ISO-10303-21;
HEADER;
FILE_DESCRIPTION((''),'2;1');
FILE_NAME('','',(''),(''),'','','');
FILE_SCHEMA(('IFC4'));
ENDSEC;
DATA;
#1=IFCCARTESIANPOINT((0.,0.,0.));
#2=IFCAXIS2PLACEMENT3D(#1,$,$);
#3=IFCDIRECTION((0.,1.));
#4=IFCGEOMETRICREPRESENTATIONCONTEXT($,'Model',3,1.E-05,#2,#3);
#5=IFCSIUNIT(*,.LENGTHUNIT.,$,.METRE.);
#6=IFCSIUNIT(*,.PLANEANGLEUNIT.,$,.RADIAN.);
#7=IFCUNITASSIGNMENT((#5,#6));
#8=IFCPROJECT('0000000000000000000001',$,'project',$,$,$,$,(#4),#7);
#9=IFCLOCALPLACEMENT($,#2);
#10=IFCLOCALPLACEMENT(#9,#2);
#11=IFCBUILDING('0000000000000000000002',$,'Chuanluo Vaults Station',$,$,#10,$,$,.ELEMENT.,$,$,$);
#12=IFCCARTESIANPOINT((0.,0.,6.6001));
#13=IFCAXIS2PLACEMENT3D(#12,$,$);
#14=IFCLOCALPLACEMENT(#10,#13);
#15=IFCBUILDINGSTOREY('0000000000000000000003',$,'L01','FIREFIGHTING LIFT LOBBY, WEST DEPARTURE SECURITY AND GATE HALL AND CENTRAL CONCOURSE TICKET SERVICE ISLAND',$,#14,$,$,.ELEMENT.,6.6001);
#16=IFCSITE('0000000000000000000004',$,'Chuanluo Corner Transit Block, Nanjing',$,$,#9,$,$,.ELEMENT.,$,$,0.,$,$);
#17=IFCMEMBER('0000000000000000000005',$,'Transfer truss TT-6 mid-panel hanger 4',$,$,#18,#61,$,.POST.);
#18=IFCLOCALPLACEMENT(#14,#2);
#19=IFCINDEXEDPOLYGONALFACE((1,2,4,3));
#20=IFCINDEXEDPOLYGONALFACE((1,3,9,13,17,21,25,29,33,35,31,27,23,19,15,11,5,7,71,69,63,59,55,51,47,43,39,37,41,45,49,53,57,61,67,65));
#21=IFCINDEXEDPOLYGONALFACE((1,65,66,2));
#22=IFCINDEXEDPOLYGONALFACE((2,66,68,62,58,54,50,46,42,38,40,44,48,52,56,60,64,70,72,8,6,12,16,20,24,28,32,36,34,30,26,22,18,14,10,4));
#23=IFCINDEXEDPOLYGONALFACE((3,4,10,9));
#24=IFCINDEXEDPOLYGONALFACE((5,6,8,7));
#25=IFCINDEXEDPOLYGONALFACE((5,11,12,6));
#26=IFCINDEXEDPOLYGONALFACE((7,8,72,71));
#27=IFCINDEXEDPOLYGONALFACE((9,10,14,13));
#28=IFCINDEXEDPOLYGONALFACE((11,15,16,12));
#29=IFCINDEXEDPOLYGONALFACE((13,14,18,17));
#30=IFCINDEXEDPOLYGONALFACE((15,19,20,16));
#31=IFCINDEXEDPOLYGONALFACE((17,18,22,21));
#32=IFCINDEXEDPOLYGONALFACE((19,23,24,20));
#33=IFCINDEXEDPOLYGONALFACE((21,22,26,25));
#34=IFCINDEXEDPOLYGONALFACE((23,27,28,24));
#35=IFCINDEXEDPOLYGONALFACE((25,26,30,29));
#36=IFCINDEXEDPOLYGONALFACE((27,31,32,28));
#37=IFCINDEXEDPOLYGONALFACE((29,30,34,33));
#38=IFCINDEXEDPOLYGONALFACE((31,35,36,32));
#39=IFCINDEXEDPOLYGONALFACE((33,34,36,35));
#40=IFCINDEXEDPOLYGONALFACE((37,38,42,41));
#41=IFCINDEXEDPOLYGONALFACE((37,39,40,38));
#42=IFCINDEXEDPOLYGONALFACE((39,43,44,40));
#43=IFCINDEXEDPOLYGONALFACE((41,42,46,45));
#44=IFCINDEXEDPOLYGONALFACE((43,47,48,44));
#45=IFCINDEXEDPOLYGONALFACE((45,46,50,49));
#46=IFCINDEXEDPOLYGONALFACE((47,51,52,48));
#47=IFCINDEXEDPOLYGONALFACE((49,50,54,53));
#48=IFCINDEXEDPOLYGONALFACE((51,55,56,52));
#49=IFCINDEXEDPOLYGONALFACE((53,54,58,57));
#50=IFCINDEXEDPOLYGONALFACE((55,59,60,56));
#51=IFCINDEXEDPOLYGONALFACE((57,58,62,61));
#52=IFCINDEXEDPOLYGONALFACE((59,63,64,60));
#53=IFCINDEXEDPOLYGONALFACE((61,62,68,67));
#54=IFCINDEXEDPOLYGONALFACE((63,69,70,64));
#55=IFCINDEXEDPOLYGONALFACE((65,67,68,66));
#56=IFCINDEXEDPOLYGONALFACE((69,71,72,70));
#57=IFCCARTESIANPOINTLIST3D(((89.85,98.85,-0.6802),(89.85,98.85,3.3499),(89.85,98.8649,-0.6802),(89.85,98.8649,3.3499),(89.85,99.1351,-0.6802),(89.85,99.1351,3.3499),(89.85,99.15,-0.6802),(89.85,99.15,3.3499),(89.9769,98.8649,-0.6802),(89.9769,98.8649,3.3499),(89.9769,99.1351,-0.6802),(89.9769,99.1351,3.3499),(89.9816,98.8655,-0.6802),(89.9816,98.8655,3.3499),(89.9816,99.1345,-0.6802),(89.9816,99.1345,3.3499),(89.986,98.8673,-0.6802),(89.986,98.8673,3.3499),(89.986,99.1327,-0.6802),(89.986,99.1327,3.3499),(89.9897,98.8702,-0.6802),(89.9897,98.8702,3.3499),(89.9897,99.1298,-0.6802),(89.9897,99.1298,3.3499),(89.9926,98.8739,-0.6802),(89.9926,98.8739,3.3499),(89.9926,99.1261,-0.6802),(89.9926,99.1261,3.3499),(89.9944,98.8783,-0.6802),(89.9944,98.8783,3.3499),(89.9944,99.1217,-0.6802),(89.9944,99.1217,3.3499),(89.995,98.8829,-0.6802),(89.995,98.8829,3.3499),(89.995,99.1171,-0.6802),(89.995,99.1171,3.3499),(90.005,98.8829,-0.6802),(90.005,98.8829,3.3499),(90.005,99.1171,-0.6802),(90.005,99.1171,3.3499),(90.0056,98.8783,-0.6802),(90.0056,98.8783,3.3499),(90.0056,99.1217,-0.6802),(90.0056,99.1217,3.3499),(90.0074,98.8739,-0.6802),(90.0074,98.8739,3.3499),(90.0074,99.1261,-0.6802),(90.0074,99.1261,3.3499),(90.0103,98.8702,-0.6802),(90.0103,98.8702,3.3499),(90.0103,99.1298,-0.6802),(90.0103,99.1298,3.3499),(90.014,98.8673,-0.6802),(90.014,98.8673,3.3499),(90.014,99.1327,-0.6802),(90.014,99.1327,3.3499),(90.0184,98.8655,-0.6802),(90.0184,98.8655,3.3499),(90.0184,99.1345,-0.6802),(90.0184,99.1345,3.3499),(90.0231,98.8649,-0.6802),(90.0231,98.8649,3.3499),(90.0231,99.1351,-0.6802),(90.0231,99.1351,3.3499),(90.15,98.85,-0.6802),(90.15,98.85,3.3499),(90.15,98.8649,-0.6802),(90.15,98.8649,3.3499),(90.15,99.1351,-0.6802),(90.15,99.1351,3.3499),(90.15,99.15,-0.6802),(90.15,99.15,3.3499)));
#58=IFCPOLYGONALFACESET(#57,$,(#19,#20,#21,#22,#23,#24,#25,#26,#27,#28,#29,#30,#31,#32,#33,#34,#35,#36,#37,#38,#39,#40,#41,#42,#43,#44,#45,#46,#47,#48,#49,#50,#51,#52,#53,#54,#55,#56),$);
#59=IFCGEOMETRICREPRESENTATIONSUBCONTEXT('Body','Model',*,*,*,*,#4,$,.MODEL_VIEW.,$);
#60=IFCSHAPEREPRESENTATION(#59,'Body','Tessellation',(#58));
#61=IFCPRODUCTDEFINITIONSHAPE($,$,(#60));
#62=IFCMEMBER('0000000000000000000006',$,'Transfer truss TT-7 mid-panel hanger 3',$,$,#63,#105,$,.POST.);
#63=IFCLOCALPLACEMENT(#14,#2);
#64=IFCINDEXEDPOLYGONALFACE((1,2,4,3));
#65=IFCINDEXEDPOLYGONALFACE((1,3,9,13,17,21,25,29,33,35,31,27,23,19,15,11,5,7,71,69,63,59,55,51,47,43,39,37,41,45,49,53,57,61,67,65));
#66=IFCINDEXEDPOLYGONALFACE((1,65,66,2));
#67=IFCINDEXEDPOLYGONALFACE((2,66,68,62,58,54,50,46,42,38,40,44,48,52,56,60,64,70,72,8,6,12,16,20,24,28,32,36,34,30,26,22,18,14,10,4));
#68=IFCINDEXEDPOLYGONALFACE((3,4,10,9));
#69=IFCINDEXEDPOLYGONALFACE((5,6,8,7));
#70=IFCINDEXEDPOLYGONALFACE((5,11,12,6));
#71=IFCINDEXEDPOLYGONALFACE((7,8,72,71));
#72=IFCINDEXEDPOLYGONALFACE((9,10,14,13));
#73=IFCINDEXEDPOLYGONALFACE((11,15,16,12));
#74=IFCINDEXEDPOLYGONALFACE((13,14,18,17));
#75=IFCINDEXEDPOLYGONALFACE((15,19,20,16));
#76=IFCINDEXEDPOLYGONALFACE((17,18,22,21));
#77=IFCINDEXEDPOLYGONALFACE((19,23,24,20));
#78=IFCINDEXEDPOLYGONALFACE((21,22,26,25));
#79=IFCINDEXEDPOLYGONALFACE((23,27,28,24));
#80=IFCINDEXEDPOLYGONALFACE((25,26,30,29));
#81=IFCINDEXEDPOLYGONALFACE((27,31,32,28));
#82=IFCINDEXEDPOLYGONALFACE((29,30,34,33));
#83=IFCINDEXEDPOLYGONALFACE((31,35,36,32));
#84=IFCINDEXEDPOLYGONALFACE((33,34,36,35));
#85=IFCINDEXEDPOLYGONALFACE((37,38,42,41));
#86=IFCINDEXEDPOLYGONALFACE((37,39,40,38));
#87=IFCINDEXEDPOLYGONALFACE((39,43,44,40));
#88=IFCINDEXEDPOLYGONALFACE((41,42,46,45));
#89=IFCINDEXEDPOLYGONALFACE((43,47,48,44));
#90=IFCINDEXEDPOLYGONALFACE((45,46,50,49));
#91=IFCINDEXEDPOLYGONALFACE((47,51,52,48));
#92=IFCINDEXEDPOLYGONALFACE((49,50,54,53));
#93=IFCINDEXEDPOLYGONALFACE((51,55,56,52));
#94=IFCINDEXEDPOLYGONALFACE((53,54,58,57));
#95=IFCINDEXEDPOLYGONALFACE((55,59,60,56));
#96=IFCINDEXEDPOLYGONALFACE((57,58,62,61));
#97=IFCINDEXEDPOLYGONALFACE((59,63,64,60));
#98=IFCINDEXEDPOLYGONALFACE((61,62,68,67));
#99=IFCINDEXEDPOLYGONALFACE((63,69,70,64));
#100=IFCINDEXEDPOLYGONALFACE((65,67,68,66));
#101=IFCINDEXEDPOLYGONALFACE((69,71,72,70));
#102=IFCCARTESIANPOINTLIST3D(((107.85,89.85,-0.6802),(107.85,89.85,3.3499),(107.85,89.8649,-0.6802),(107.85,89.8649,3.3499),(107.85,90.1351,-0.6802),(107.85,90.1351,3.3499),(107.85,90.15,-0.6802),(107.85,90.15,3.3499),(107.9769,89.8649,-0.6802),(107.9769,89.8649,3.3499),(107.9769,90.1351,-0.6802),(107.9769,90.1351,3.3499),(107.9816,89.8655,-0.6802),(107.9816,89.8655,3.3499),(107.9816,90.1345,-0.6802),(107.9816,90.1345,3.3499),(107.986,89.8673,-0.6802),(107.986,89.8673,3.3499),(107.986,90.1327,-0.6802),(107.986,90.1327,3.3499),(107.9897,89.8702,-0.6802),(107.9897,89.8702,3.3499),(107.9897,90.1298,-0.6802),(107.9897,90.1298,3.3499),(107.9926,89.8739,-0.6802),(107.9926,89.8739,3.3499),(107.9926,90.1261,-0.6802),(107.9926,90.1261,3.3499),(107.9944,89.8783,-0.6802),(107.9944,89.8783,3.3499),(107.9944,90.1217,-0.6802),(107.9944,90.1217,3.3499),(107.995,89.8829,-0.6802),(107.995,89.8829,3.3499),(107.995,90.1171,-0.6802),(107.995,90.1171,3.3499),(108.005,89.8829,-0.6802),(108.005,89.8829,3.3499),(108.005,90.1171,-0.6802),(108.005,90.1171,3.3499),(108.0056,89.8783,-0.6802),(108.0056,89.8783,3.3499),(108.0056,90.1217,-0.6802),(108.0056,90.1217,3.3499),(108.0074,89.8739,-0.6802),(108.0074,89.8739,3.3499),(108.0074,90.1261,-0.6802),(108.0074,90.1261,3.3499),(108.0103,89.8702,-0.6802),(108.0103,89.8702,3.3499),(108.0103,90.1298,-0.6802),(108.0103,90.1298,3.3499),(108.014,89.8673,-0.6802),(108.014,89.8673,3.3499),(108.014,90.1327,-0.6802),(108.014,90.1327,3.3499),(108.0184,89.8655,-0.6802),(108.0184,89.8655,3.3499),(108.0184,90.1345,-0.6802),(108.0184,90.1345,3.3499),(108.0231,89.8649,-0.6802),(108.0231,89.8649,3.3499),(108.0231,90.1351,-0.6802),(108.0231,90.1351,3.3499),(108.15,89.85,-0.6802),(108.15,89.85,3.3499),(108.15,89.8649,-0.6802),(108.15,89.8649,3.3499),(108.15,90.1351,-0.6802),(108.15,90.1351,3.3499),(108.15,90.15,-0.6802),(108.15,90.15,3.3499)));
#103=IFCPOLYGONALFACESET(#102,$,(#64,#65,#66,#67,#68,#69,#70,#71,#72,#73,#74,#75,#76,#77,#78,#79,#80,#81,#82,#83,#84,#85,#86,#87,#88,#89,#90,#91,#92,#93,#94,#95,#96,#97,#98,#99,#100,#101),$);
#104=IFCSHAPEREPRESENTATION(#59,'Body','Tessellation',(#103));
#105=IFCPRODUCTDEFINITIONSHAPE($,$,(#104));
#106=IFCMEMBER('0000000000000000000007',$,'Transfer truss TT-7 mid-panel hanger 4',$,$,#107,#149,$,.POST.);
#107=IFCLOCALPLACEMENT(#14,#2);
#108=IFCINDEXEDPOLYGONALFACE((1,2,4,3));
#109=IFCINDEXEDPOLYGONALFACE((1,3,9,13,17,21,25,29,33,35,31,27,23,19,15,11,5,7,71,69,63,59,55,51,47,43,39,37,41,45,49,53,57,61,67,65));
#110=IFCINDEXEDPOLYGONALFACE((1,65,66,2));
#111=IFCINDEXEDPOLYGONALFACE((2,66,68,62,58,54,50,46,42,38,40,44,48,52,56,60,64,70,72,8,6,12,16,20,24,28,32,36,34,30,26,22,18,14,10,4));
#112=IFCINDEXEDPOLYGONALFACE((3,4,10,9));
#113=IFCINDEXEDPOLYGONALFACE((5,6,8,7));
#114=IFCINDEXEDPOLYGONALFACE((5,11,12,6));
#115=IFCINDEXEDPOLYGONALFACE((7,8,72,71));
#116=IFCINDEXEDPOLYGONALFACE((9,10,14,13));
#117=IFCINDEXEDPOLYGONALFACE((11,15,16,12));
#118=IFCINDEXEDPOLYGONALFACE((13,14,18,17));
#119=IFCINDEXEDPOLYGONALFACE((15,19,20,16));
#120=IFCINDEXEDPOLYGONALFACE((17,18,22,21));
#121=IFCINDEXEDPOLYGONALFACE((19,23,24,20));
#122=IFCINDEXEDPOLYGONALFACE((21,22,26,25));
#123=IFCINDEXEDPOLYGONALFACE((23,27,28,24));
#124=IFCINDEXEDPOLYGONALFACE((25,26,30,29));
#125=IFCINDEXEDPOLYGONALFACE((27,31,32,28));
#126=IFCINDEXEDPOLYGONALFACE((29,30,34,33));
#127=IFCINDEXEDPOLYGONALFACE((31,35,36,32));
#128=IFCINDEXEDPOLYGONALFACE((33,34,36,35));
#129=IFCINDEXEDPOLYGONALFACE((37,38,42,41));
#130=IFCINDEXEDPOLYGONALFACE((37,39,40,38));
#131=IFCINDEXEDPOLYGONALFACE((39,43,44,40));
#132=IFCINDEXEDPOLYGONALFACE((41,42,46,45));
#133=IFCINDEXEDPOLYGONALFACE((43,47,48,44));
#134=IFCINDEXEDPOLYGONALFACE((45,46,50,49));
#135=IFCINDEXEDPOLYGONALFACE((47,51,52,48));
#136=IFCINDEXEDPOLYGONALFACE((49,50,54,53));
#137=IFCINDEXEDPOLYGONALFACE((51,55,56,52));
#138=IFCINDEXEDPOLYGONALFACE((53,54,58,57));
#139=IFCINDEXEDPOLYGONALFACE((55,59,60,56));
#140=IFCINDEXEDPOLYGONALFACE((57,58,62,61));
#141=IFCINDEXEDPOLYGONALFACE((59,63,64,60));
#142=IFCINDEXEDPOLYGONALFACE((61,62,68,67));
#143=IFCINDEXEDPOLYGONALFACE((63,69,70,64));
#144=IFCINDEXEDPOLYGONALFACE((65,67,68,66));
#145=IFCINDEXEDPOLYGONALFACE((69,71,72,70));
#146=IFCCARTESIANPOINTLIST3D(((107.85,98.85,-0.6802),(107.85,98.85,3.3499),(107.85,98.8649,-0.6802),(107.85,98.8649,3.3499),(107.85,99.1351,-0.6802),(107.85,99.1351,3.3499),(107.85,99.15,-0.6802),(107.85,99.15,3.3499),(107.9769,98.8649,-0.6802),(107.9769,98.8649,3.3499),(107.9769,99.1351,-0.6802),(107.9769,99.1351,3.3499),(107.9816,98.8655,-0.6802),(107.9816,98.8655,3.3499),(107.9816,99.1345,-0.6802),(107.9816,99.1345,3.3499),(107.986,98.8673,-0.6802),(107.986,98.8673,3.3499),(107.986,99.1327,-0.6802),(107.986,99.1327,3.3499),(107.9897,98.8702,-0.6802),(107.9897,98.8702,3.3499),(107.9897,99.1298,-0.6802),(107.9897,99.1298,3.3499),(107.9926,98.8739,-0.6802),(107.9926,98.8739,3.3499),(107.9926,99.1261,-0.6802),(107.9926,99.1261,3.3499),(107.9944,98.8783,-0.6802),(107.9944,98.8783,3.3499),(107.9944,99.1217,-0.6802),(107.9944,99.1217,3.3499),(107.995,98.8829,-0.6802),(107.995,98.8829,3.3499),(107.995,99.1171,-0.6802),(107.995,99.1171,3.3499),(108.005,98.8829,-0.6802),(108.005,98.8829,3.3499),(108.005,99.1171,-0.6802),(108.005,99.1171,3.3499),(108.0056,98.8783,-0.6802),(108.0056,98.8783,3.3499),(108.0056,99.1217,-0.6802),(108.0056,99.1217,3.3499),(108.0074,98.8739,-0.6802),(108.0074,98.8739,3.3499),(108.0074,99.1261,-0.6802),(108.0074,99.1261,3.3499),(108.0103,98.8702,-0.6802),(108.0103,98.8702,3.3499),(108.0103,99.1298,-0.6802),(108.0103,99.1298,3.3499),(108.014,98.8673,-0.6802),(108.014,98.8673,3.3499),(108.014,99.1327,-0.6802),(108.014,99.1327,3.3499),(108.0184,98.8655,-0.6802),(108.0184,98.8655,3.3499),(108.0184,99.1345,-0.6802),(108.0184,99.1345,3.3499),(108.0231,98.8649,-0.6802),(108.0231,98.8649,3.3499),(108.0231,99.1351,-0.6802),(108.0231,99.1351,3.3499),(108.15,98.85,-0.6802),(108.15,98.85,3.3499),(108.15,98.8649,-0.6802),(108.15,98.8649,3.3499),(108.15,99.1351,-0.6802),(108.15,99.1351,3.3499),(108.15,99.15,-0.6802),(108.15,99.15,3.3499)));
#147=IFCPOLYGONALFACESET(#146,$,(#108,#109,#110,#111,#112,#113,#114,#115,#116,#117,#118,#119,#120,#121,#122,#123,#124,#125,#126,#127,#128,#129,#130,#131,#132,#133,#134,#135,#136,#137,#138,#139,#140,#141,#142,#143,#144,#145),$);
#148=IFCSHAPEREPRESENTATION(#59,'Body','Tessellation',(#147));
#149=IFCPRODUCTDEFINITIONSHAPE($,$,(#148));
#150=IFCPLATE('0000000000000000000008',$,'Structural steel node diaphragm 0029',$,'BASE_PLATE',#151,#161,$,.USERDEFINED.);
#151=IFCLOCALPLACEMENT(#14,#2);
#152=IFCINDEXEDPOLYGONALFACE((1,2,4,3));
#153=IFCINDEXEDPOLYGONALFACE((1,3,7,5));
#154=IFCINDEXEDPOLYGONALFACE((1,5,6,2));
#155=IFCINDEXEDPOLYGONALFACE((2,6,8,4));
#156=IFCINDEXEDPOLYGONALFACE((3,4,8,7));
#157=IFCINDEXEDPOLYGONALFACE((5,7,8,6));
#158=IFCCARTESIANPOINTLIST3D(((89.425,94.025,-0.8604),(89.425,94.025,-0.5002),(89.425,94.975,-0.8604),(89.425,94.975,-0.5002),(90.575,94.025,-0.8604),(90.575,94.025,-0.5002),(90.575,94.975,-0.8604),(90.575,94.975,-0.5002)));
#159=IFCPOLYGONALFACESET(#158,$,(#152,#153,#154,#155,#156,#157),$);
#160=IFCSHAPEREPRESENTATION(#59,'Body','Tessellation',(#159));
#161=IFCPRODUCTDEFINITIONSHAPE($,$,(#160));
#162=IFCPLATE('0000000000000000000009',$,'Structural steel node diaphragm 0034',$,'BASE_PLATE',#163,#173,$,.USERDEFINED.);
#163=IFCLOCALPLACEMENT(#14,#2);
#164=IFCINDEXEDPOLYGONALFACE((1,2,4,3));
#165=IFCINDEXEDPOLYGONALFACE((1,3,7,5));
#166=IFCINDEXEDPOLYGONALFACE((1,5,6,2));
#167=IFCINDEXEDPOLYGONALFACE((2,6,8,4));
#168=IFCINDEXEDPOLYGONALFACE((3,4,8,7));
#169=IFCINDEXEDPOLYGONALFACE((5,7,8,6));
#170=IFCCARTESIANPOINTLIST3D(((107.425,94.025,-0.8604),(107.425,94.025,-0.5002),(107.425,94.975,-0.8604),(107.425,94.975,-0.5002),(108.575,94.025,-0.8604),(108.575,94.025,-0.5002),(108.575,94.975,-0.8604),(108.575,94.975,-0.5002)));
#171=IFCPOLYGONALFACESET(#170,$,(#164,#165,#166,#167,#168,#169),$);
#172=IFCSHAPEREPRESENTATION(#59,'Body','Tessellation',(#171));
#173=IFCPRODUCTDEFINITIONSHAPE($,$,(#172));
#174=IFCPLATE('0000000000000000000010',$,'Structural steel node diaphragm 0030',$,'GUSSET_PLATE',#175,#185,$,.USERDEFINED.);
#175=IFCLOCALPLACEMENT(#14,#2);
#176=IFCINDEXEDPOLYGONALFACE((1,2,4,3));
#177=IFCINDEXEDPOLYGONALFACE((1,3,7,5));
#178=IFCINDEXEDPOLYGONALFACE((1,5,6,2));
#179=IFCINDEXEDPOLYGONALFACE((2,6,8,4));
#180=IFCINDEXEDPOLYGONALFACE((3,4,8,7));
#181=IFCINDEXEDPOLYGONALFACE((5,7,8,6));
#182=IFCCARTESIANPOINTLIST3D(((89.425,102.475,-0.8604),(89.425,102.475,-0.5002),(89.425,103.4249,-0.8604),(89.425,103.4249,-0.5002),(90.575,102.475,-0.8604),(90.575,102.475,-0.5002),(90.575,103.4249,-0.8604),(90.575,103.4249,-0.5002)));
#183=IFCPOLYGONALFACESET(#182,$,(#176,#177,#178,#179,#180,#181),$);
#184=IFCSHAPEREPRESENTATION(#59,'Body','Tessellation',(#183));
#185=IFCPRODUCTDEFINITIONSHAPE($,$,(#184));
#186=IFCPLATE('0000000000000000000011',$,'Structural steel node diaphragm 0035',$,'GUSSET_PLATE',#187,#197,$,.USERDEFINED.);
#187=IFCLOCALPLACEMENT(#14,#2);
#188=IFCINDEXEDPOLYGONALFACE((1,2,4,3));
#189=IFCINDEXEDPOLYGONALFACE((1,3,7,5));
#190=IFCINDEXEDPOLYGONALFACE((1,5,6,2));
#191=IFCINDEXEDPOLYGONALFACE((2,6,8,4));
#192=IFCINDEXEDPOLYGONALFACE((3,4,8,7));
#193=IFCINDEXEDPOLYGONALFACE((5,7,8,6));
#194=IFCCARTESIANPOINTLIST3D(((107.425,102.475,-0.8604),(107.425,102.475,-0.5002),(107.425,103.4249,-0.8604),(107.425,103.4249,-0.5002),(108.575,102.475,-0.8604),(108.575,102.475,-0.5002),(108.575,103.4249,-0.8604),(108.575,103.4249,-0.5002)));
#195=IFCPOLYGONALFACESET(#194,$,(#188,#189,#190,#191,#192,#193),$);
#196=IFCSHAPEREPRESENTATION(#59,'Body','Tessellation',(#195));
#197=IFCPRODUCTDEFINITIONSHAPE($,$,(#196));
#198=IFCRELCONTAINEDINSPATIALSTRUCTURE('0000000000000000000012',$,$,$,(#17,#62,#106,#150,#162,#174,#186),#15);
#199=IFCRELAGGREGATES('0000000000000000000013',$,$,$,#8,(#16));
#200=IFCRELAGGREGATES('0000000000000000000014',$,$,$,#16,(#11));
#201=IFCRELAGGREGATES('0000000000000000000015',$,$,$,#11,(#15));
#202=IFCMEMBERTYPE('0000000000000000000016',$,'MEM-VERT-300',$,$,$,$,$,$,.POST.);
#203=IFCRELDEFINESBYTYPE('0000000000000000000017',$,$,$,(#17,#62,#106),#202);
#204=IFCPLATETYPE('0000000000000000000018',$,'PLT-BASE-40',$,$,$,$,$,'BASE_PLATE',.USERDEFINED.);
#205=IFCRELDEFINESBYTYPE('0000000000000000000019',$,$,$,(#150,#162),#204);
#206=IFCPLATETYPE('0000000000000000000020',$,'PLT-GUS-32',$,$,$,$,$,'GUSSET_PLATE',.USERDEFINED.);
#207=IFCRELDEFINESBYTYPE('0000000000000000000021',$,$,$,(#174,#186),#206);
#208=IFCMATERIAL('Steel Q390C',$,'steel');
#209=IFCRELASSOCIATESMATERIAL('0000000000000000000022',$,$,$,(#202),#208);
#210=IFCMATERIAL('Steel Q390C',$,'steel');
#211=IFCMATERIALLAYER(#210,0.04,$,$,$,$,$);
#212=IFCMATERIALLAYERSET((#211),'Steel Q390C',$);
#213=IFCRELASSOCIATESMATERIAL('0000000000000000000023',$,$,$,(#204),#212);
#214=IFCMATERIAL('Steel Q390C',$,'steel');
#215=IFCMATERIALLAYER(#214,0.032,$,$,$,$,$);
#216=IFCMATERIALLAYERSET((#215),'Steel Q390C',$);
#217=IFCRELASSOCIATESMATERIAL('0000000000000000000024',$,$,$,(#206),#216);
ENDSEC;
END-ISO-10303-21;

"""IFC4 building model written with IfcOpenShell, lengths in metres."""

from ifc_helpers import new_model, si_unit, direction, frame, origin, origin_2d, place, context, subcontext, project, spatial, rectangle, i_section, extrude, material, layer, layer_set, material_profile, profile_set, type_object, element, save


model = new_model("IFC4")

# Units and contexts
model_context = context("Model", 3, precision=1e-05, world=origin(), true_north=direction((0.0, 1.0)))
body_context = subcontext(model_context, "Body", "Model", "MODEL_VIEW")
ifc_project = project(units=[si_unit("LENGTHUNIT", "METRE"), si_unit("PLANEANGLEUNIT", "RADIAN")], contexts=[model_context])

# Site, building, storey
site_placement = place(None, origin())
site = spatial("IfcSite", under=ifc_project, at=site_placement, Name="Chuanluo Corner Transit Block, Nanjing", CompositionType="ELEMENT", RefElevation=0.0)
building_placement = place(site_placement, origin())
building = spatial("IfcBuilding", under=site, at=building_placement, Name="Chuanluo Vaults Station", CompositionType="ELEMENT")
storey_placement = place(building_placement, frame((0.0, 0.0, 6.6001)))
storey = spatial("IfcBuildingStorey", under=building, at=storey_placement, Name="L01", Description="FIREFIGHTING LIFT LOBBY, WEST DEPARTURE SECURITY AND GATE HALL AND CENTRAL CONCOURSE TICKET SERVICE ISLAND", CompositionType="ELEMENT", Elevation=6.6001)

# Members
ifc_material_1 = material(Name="Steel Q390C", Category="steel")
ifc_material_profile_1 = material_profile(ifc_material_1, i_section(OverallWidth=0.3, OverallDepth=0.3, WebThickness=0.01, FlangeThickness=0.0149, FilletRadius=0.0181, at=origin_2d()))
ifc_profile_set_1 = profile_set([ifc_material_profile_1], Name="Steel Q390C")
member_type_1 = type_object("IfcMemberType", Name="MEM-VERT-300", PredefinedType="POST", material=ifc_profile_set_1)
for number, where, z_axis, x_axis, name in (
    (1, (90.0, 99.0, -0.6802), (0.0, 0.0, 1.0), (1.0, 0.0, 0.0), "Transfer truss TT-6 mid-panel hanger 4"),
    (2, (108.0, 90.0, -0.6802), (0.0, 0.0, 1.0), (1.0, 0.0, 0.0), "Transfer truss TT-7 mid-panel hanger 3"),
    (3, (108.0, 99.0, -0.6802), (0.0, 0.0, 1.0), (1.0, 0.0, 0.0), "Transfer truss TT-7 mid-panel hanger 4"),
):
    element("IfcMember", number, at=place(storey_placement, frame(where, z_axis=z_axis, x_axis=x_axis)), inside=storey, type_object=member_type_1, Name=name, PredefinedType="POST", context=body_context, shape_type="SweptSolid", body=[
        extrude(i_section(OverallWidth=0.3, OverallDepth=0.3, WebThickness=0.01, FlangeThickness=0.0149, FilletRadius=0.0181, at=origin_2d()), origin(), (0.0, 0.0, 1.0), 4.03),
    ])

# Plates
ifc_material_2 = material(Name="Steel Q390C", Category="steel")
ifc_layer_1 = layer(ifc_material_2, 0.04)
ifc_layer_set_1 = layer_set([ifc_layer_1], Name="Steel Q390C")
plate_type_1 = type_object("IfcPlateType", Name="PLT-BASE-40", ElementType="BASE_PLATE", PredefinedType="USERDEFINED", material=ifc_layer_set_1)
for number, where, z_axis, x_axis, name in (
    (4, (90.0, 94.5, -0.8604), (0.0, 0.0, 1.0), (1.0, 0.0, 0.0), "Structural steel node diaphragm 0029"),
    (5, (108.0, 94.5, -0.8604), (0.0, 0.0, 1.0), (1.0, 0.0, 0.0), "Structural steel node diaphragm 0034"),
):
    element("IfcPlate", number, at=place(storey_placement, frame(where, z_axis=z_axis, x_axis=x_axis)), inside=storey, type_object=plate_type_1, Name=name, ObjectType="BASE_PLATE", PredefinedType="USERDEFINED", context=body_context, shape_type="SweptSolid", body=[
        extrude(rectangle(XDim=1.1499, YDim=0.95, at=origin_2d()), origin(), (0.0, 0.0, 1.0), 0.3601),
    ])
ifc_material_3 = material(Name="Steel Q390C", Category="steel")
ifc_layer_2 = layer(ifc_material_3, 0.032)
ifc_layer_set_2 = layer_set([ifc_layer_2], Name="Steel Q390C")
plate_type_2 = type_object("IfcPlateType", Name="PLT-GUS-32", ElementType="GUSSET_PLATE", PredefinedType="USERDEFINED", material=ifc_layer_set_2)
for number, where, z_axis, x_axis, name in (
    (6, (90.0, 102.95, -0.8604), (0.0, 0.0, 1.0), (1.0, 0.0, 0.0), "Structural steel node diaphragm 0030"),
    (7, (108.0, 102.95, -0.8604), (0.0, 0.0, 1.0), (1.0, 0.0, 0.0), "Structural steel node diaphragm 0035"),
):
    element("IfcPlate", number, at=place(storey_placement, frame(where, z_axis=z_axis, x_axis=x_axis)), inside=storey, type_object=plate_type_2, Name=name, ObjectType="GUSSET_PLATE", PredefinedType="USERDEFINED", context=body_context, shape_type="SweptSolid", body=[
        extrude(rectangle(XDim=1.1499, YDim=0.95, at=origin_2d()), origin(), (0.0, 0.0, 1.0), 0.3601),
    ])

save(model, "model.ifc")
